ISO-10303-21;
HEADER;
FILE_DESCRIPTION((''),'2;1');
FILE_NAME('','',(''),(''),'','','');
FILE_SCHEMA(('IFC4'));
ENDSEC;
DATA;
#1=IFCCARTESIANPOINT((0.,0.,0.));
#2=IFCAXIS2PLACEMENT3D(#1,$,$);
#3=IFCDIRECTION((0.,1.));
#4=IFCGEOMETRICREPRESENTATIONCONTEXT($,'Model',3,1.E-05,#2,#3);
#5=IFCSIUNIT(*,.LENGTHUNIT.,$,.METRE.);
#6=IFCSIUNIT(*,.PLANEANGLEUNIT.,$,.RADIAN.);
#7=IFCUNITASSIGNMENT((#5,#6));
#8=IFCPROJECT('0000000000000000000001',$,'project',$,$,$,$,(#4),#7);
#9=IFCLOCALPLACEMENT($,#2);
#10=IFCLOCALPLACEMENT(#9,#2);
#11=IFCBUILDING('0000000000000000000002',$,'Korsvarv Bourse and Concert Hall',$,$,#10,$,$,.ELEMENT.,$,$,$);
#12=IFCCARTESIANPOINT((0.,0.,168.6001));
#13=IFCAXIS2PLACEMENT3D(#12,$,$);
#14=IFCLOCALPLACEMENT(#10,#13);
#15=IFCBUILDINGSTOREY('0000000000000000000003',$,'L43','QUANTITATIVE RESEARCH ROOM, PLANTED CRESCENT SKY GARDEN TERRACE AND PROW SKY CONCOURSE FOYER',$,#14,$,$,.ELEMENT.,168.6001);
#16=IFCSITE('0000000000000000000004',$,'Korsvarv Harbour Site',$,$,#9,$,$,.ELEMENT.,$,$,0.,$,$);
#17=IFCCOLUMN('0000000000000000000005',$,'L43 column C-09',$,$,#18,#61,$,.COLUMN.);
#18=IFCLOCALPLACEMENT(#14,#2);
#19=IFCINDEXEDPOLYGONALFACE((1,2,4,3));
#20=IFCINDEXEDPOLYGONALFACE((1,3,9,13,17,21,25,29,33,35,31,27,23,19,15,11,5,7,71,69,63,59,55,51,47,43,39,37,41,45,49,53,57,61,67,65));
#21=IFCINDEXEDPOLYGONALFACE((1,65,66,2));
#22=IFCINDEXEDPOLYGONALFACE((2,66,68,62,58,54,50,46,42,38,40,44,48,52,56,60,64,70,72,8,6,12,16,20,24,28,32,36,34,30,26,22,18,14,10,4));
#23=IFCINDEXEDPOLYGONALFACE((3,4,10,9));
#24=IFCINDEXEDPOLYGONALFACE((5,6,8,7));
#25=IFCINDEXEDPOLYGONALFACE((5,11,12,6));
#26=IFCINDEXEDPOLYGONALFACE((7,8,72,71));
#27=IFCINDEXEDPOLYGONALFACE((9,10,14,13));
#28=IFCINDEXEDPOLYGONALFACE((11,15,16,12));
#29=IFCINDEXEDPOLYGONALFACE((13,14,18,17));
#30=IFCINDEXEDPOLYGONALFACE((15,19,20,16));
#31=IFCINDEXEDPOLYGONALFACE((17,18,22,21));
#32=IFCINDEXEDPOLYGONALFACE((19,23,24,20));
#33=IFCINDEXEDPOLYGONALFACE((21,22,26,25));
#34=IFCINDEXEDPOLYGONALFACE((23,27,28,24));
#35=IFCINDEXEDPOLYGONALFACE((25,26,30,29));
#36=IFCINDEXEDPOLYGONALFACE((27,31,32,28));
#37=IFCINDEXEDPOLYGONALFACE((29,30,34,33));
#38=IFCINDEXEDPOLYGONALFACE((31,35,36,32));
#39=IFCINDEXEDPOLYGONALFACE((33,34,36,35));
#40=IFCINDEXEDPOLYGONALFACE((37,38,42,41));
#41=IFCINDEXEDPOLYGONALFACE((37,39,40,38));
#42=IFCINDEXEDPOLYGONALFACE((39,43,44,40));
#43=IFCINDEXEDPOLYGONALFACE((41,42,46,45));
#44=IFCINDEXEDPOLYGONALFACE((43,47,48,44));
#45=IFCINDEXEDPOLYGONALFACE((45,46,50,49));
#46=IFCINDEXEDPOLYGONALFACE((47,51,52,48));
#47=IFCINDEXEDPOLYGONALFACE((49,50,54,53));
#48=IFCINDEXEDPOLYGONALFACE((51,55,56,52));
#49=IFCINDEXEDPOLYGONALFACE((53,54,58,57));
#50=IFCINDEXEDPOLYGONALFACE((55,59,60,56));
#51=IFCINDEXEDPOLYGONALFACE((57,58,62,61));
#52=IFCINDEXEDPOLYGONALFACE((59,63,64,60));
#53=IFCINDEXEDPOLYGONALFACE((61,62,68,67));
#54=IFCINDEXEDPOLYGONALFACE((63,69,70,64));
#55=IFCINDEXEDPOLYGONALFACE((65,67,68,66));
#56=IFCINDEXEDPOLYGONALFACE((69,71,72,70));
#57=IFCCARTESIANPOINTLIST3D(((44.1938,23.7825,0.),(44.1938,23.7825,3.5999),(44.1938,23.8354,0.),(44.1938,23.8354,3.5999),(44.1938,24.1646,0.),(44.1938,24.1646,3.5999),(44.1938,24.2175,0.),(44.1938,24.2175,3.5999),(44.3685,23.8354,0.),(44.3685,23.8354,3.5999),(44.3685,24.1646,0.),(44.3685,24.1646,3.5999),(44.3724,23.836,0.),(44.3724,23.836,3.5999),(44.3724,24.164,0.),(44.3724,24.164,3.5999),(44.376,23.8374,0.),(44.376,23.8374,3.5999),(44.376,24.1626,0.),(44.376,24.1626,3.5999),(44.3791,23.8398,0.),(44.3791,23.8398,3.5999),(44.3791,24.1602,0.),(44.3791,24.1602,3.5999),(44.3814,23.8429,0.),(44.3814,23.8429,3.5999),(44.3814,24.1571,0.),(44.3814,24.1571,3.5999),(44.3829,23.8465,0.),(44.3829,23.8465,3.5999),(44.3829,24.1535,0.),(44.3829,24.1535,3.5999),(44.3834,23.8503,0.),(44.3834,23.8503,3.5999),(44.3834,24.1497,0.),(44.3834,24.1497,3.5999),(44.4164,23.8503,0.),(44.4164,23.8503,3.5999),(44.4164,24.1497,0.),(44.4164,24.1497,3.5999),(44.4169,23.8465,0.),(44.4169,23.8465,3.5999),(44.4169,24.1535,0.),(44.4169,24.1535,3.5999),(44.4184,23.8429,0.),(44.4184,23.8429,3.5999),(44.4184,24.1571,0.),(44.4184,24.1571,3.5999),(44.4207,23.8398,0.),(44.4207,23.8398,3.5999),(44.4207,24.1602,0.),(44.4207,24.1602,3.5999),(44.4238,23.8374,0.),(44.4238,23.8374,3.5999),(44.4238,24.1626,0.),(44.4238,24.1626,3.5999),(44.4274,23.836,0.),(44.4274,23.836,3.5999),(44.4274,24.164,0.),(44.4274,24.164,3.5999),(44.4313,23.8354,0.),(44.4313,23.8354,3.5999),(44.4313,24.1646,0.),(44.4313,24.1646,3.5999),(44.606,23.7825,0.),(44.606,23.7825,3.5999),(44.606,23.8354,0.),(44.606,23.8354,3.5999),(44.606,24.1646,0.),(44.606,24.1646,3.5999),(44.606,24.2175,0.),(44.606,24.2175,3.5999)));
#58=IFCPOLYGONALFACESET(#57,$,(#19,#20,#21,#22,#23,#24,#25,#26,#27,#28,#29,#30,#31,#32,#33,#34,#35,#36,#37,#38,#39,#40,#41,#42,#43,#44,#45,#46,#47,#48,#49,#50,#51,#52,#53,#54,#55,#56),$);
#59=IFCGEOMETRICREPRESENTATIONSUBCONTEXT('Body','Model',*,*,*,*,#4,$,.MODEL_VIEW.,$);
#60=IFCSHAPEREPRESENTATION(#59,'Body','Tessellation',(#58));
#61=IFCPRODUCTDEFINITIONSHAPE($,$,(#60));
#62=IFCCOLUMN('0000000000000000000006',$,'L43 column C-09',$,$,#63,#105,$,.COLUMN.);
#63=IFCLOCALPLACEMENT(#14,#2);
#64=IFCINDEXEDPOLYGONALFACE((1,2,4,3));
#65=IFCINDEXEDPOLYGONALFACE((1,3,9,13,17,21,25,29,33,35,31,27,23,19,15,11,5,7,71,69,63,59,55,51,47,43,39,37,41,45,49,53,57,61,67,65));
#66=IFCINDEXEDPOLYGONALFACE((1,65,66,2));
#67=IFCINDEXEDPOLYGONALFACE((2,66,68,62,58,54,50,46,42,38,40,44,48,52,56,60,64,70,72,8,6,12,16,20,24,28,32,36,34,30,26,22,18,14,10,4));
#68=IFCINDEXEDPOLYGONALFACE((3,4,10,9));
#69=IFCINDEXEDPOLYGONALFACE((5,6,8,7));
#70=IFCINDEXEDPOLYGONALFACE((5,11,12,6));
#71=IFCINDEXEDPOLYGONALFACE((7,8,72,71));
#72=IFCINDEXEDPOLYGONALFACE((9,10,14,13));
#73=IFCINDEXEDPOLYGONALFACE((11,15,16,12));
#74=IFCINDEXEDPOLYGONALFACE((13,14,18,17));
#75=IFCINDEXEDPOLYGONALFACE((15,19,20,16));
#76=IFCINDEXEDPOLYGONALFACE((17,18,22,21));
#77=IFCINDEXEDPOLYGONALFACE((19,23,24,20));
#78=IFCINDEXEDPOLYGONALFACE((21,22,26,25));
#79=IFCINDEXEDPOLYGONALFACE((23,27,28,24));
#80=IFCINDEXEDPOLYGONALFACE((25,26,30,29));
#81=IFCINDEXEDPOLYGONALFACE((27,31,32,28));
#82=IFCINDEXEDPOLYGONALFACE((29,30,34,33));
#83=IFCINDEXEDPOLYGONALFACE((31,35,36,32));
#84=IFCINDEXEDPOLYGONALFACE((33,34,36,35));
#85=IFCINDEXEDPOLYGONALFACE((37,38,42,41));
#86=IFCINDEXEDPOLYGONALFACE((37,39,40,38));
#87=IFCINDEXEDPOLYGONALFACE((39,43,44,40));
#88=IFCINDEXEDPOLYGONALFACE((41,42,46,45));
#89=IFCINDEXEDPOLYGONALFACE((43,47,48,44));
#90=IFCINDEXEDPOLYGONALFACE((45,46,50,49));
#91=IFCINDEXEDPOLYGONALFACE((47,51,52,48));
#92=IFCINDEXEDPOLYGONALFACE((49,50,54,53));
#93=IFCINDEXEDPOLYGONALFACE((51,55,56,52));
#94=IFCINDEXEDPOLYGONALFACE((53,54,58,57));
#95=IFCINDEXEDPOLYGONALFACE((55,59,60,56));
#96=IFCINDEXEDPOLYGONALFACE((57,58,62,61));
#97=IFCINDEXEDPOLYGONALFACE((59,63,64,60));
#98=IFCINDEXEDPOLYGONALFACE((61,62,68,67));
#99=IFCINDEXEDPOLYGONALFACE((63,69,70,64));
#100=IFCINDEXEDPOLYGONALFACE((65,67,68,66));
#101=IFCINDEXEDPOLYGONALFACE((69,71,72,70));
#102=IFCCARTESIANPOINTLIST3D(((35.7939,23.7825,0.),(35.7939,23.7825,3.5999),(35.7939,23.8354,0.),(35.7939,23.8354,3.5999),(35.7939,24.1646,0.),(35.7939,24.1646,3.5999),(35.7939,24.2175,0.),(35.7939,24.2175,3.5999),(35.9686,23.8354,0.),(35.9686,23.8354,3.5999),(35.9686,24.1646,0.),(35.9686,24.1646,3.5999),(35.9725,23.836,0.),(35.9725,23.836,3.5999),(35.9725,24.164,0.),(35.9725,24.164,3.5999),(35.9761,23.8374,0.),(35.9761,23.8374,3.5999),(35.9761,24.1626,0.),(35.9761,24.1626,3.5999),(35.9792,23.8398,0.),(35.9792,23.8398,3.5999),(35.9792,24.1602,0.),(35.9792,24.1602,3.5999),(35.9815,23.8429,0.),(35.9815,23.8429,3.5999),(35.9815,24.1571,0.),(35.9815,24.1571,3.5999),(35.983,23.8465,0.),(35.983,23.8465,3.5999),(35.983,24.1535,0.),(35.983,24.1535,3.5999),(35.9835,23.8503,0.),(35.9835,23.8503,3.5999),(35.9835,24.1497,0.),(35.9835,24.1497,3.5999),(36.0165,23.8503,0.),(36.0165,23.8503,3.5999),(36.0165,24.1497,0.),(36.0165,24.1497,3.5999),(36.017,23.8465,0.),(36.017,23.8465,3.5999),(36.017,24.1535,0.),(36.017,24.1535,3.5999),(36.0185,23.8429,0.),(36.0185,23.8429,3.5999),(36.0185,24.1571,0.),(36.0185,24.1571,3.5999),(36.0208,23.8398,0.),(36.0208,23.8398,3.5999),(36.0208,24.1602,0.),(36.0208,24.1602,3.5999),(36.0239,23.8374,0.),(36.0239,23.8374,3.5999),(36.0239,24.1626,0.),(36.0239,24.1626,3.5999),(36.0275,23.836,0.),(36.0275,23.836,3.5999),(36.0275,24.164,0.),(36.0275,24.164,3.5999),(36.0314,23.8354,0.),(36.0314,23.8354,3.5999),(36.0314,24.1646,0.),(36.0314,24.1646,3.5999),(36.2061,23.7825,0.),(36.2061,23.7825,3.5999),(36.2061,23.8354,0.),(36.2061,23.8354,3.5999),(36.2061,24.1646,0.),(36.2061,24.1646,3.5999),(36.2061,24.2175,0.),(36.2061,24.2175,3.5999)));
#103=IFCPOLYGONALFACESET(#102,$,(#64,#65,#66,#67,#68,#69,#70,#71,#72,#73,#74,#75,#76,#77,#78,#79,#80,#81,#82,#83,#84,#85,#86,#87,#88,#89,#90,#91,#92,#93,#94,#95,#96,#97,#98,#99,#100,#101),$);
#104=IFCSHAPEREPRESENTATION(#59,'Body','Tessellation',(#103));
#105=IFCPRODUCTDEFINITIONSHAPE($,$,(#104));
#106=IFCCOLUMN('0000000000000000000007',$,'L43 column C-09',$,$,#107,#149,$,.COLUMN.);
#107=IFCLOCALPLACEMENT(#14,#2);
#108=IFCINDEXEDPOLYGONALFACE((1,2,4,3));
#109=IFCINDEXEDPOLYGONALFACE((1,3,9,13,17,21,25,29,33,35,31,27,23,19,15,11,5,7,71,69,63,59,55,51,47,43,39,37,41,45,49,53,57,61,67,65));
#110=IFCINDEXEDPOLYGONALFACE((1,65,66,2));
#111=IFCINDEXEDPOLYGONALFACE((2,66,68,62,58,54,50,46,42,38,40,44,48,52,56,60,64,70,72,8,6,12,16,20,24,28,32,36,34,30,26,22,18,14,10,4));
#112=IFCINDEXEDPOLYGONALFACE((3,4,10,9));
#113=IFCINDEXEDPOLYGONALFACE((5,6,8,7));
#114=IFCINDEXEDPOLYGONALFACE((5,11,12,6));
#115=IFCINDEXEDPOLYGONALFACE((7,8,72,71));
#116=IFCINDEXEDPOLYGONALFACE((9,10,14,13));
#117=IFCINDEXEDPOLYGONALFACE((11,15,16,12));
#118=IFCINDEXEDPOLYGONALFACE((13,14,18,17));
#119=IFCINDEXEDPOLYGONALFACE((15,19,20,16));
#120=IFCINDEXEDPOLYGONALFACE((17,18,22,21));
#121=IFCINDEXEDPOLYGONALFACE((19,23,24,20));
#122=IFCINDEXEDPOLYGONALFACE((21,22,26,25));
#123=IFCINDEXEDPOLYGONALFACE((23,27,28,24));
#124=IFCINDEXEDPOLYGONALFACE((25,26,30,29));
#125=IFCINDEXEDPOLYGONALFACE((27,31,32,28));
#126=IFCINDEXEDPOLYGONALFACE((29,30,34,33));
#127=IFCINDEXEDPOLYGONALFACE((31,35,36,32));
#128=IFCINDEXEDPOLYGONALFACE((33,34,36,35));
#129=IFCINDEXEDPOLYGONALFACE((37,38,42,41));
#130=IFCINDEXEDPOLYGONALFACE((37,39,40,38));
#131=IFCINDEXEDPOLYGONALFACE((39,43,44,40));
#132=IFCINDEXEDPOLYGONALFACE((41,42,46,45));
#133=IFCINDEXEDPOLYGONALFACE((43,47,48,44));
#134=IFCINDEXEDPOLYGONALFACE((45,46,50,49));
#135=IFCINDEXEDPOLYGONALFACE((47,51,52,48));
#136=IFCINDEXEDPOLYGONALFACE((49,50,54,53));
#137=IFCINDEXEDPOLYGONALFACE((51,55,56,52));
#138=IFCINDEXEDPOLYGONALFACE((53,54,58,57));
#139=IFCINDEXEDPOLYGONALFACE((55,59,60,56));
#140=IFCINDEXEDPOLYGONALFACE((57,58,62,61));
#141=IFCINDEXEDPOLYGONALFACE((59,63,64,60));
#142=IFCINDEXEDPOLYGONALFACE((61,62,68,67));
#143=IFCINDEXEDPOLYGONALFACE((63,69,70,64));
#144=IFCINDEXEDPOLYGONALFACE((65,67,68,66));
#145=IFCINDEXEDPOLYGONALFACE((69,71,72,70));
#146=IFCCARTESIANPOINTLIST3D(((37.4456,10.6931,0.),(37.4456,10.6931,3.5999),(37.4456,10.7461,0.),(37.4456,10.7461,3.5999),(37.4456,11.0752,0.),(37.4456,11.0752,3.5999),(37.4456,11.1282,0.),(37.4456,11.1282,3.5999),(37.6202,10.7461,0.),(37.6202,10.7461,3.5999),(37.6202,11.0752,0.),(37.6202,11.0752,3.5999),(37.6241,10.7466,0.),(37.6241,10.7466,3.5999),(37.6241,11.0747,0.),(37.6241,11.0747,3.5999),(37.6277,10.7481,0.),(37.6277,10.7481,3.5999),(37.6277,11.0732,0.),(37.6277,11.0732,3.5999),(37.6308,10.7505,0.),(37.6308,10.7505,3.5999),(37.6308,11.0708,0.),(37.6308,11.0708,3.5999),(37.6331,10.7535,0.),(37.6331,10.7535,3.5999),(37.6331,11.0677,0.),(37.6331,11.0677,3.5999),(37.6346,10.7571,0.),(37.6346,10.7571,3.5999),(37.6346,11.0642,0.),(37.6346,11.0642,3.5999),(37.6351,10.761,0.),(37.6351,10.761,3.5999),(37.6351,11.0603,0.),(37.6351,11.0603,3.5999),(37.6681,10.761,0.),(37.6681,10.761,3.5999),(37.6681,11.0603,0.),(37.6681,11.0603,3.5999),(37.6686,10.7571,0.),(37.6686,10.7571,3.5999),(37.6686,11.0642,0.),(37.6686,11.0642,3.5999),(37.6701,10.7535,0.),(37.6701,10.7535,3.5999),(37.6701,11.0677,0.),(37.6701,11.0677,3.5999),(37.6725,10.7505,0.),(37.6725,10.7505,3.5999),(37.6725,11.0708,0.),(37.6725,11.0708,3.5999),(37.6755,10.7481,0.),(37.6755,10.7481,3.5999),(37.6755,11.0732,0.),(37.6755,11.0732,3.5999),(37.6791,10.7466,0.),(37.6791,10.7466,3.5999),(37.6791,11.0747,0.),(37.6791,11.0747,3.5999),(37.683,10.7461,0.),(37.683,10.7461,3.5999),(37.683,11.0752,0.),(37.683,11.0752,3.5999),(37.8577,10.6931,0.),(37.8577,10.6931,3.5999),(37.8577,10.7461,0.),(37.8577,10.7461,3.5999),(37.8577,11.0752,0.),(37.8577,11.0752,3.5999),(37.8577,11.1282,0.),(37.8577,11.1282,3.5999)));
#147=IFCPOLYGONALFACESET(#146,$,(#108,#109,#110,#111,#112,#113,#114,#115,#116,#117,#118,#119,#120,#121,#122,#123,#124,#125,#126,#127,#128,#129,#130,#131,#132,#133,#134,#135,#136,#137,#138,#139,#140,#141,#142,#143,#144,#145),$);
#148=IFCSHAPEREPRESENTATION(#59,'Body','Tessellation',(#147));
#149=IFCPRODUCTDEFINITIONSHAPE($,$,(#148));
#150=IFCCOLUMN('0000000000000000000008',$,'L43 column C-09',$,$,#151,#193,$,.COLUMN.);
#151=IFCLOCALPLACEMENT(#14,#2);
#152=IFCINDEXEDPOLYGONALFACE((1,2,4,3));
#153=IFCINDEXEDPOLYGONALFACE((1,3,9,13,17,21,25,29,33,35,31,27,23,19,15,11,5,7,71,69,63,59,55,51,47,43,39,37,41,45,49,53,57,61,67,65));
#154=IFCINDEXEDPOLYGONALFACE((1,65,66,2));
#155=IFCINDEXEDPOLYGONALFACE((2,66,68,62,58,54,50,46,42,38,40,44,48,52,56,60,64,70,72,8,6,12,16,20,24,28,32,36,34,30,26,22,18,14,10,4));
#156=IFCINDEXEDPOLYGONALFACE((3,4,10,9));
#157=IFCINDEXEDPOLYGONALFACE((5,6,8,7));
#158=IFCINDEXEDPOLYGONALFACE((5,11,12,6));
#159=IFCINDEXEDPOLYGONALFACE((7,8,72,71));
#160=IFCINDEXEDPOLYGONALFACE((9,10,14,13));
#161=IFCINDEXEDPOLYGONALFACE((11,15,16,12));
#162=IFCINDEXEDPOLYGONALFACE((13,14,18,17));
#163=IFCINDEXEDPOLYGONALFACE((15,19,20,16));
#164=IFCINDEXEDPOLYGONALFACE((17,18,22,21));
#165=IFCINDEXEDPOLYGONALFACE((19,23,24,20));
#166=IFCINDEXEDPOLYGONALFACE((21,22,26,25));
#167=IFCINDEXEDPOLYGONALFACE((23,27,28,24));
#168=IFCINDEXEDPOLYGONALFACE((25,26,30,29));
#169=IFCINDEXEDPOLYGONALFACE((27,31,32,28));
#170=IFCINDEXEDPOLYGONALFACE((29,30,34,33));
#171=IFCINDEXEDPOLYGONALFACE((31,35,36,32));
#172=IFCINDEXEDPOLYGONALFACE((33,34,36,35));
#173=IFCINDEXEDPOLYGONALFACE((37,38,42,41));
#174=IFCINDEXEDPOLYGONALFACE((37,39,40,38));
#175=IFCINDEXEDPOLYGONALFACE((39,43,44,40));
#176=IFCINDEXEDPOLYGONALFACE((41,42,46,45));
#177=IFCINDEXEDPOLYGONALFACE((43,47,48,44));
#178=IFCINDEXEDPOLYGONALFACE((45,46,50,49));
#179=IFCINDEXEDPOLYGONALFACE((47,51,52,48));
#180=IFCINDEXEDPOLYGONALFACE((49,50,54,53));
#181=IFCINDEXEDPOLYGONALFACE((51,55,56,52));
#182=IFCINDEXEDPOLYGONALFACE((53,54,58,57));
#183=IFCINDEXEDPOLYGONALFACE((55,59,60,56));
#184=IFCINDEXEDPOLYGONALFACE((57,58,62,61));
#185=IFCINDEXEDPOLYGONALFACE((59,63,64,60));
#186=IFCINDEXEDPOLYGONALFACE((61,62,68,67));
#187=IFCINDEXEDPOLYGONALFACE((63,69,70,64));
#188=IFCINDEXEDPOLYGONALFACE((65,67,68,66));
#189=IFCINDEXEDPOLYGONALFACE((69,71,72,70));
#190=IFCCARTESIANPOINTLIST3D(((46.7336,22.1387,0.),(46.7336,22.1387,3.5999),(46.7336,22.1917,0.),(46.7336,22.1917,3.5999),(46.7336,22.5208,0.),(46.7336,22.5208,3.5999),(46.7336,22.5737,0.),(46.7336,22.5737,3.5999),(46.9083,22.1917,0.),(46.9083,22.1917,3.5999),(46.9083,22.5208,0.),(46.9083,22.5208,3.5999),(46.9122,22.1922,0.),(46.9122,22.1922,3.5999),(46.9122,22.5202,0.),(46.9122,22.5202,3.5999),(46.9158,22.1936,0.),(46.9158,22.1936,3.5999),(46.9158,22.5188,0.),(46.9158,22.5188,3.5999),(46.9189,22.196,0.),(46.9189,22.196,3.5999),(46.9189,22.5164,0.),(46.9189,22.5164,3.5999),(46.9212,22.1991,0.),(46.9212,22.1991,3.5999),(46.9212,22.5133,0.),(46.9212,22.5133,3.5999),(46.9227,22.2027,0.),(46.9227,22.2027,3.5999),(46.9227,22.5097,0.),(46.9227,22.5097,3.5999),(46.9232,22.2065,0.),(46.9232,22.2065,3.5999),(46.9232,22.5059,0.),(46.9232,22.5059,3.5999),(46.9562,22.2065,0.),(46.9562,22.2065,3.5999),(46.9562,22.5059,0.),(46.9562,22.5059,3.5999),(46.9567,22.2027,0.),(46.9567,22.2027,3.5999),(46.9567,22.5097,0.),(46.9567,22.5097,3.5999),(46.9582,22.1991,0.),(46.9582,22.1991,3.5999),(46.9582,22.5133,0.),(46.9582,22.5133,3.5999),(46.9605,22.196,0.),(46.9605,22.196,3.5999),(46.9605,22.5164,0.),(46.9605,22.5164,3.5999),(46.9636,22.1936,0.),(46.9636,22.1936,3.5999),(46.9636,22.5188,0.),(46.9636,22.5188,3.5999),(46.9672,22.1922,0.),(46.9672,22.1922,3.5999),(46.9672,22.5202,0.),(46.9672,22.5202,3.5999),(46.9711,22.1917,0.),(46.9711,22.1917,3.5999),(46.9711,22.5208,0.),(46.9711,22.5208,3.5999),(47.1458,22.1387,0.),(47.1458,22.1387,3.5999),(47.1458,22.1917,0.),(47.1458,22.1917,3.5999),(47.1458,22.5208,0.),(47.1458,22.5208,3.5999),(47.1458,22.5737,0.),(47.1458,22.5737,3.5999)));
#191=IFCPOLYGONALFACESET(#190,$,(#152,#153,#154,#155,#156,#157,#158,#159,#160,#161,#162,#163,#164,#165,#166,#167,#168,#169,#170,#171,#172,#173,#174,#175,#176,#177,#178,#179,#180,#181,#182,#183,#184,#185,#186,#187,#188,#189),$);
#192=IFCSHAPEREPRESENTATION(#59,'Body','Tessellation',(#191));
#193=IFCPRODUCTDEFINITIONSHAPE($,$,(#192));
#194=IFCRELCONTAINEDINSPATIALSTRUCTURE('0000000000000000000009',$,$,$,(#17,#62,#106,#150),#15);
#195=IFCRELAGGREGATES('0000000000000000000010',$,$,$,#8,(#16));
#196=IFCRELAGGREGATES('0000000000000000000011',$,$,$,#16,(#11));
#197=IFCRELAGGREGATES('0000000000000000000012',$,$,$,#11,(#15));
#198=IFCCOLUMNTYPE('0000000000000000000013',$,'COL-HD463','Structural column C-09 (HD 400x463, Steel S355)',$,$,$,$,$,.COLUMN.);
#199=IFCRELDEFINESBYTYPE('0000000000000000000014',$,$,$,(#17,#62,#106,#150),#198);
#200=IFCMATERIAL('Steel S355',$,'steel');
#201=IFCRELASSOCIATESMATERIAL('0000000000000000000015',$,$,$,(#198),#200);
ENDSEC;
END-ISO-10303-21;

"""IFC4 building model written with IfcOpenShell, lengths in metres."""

from ifc_helpers import new_model, si_unit, direction, frame, origin, origin_2d, place, context, subcontext, project, spatial, i_section, extrude, source, transform, mapped, material, material_profile, profile_set, type_object, element, save


model = new_model("IFC4")

# Units and contexts
model_context = context("Model", 3, precision=1e-05, world=origin(), true_north=direction((0.0, 1.0)))
body_context = subcontext(model_context, "Body", "Model", "MODEL_VIEW")
ifc_project = project(units=[si_unit("LENGTHUNIT", "METRE"), si_unit("PLANEANGLEUNIT", "RADIAN")], contexts=[model_context])

# Site, building, storey
site_placement = place(None, origin())
site = spatial("IfcSite", under=ifc_project, at=site_placement, Name="Korsvarv Harbour Site", CompositionType="ELEMENT", RefElevation=0.0)
building_placement = place(site_placement, origin())
building = spatial("IfcBuilding", under=site, at=building_placement, Name="Korsvarv Bourse and Concert Hall", CompositionType="ELEMENT")
storey_placement = place(building_placement, frame((0.0, 0.0, 168.6001)))
storey = spatial("IfcBuildingStorey", under=building, at=storey_placement, Name="L43", Description="QUANTITATIVE RESEARCH ROOM, PLANTED CRESCENT SKY GARDEN TERRACE AND PROW SKY CONCOURSE FOYER", CompositionType="ELEMENT", Elevation=168.6001)

# Columns
ifc_material_1 = material(Name="Steel S355", Category="steel")
ifc_material_profile_1 = material_profile(ifc_material_1, i_section(OverallWidth=0.4121, OverallDepth=0.4351, WebThickness=0.033, FlangeThickness=0.053, FilletRadius=0.0149, at=origin_2d()), Name="HD 400x463")
ifc_profile_set_1 = profile_set([ifc_material_profile_1], Name="Steel S355")
column_type = type_object("IfcColumnType", Name="COL-HD463", Description="Structural column C-09 (HD 400x463, Steel S355)", PredefinedType="COLUMN", material=ifc_profile_set_1)
shared_shape_1 = source(origin(), body_context, "Body", "SweptSolid", [
    extrude(i_section(OverallWidth=0.4121, OverallDepth=0.4351, WebThickness=0.033, FlangeThickness=0.053, FilletRadius=0.0149, at=origin_2d()), origin(), (0.0, 0.0, 1.0), 3.5999),
])
for number, where, z_axis, x_axis, name in (
    (1, (44.3999, 24.0, 0.0), (0.0, 0.0, 1.0), (1.0, 0.0, 0.0), "L43 column C-09"),
    (2, (36.0, 24.0, 0.0), (0.0, 0.0, 1.0), (1.0, 0.0, 0.0), "L43 column C-09"),
    (3, (37.6516, 10.9106, 0.0), (0.0, 0.0, 1.0), (1.0, 0.0, 0.0), "L43 column C-09"),
    (4, (46.9397, 22.3562, 0.0), (0.0, 0.0, 1.0), (1.0, 0.0, 0.0), "L43 column C-09"),
):
    element("IfcColumn", number, at=place(storey_placement, frame(where, z_axis=z_axis, x_axis=x_axis)), inside=storey, type_object=column_type, Name=name, PredefinedType="COLUMN", context=body_context, shape_type="MappedRepresentation", body=[
        mapped(shared_shape_1, transform((0.0, 0.0, 0.0), scale=1.0)),
    ])

save(model, "model.ifc")
